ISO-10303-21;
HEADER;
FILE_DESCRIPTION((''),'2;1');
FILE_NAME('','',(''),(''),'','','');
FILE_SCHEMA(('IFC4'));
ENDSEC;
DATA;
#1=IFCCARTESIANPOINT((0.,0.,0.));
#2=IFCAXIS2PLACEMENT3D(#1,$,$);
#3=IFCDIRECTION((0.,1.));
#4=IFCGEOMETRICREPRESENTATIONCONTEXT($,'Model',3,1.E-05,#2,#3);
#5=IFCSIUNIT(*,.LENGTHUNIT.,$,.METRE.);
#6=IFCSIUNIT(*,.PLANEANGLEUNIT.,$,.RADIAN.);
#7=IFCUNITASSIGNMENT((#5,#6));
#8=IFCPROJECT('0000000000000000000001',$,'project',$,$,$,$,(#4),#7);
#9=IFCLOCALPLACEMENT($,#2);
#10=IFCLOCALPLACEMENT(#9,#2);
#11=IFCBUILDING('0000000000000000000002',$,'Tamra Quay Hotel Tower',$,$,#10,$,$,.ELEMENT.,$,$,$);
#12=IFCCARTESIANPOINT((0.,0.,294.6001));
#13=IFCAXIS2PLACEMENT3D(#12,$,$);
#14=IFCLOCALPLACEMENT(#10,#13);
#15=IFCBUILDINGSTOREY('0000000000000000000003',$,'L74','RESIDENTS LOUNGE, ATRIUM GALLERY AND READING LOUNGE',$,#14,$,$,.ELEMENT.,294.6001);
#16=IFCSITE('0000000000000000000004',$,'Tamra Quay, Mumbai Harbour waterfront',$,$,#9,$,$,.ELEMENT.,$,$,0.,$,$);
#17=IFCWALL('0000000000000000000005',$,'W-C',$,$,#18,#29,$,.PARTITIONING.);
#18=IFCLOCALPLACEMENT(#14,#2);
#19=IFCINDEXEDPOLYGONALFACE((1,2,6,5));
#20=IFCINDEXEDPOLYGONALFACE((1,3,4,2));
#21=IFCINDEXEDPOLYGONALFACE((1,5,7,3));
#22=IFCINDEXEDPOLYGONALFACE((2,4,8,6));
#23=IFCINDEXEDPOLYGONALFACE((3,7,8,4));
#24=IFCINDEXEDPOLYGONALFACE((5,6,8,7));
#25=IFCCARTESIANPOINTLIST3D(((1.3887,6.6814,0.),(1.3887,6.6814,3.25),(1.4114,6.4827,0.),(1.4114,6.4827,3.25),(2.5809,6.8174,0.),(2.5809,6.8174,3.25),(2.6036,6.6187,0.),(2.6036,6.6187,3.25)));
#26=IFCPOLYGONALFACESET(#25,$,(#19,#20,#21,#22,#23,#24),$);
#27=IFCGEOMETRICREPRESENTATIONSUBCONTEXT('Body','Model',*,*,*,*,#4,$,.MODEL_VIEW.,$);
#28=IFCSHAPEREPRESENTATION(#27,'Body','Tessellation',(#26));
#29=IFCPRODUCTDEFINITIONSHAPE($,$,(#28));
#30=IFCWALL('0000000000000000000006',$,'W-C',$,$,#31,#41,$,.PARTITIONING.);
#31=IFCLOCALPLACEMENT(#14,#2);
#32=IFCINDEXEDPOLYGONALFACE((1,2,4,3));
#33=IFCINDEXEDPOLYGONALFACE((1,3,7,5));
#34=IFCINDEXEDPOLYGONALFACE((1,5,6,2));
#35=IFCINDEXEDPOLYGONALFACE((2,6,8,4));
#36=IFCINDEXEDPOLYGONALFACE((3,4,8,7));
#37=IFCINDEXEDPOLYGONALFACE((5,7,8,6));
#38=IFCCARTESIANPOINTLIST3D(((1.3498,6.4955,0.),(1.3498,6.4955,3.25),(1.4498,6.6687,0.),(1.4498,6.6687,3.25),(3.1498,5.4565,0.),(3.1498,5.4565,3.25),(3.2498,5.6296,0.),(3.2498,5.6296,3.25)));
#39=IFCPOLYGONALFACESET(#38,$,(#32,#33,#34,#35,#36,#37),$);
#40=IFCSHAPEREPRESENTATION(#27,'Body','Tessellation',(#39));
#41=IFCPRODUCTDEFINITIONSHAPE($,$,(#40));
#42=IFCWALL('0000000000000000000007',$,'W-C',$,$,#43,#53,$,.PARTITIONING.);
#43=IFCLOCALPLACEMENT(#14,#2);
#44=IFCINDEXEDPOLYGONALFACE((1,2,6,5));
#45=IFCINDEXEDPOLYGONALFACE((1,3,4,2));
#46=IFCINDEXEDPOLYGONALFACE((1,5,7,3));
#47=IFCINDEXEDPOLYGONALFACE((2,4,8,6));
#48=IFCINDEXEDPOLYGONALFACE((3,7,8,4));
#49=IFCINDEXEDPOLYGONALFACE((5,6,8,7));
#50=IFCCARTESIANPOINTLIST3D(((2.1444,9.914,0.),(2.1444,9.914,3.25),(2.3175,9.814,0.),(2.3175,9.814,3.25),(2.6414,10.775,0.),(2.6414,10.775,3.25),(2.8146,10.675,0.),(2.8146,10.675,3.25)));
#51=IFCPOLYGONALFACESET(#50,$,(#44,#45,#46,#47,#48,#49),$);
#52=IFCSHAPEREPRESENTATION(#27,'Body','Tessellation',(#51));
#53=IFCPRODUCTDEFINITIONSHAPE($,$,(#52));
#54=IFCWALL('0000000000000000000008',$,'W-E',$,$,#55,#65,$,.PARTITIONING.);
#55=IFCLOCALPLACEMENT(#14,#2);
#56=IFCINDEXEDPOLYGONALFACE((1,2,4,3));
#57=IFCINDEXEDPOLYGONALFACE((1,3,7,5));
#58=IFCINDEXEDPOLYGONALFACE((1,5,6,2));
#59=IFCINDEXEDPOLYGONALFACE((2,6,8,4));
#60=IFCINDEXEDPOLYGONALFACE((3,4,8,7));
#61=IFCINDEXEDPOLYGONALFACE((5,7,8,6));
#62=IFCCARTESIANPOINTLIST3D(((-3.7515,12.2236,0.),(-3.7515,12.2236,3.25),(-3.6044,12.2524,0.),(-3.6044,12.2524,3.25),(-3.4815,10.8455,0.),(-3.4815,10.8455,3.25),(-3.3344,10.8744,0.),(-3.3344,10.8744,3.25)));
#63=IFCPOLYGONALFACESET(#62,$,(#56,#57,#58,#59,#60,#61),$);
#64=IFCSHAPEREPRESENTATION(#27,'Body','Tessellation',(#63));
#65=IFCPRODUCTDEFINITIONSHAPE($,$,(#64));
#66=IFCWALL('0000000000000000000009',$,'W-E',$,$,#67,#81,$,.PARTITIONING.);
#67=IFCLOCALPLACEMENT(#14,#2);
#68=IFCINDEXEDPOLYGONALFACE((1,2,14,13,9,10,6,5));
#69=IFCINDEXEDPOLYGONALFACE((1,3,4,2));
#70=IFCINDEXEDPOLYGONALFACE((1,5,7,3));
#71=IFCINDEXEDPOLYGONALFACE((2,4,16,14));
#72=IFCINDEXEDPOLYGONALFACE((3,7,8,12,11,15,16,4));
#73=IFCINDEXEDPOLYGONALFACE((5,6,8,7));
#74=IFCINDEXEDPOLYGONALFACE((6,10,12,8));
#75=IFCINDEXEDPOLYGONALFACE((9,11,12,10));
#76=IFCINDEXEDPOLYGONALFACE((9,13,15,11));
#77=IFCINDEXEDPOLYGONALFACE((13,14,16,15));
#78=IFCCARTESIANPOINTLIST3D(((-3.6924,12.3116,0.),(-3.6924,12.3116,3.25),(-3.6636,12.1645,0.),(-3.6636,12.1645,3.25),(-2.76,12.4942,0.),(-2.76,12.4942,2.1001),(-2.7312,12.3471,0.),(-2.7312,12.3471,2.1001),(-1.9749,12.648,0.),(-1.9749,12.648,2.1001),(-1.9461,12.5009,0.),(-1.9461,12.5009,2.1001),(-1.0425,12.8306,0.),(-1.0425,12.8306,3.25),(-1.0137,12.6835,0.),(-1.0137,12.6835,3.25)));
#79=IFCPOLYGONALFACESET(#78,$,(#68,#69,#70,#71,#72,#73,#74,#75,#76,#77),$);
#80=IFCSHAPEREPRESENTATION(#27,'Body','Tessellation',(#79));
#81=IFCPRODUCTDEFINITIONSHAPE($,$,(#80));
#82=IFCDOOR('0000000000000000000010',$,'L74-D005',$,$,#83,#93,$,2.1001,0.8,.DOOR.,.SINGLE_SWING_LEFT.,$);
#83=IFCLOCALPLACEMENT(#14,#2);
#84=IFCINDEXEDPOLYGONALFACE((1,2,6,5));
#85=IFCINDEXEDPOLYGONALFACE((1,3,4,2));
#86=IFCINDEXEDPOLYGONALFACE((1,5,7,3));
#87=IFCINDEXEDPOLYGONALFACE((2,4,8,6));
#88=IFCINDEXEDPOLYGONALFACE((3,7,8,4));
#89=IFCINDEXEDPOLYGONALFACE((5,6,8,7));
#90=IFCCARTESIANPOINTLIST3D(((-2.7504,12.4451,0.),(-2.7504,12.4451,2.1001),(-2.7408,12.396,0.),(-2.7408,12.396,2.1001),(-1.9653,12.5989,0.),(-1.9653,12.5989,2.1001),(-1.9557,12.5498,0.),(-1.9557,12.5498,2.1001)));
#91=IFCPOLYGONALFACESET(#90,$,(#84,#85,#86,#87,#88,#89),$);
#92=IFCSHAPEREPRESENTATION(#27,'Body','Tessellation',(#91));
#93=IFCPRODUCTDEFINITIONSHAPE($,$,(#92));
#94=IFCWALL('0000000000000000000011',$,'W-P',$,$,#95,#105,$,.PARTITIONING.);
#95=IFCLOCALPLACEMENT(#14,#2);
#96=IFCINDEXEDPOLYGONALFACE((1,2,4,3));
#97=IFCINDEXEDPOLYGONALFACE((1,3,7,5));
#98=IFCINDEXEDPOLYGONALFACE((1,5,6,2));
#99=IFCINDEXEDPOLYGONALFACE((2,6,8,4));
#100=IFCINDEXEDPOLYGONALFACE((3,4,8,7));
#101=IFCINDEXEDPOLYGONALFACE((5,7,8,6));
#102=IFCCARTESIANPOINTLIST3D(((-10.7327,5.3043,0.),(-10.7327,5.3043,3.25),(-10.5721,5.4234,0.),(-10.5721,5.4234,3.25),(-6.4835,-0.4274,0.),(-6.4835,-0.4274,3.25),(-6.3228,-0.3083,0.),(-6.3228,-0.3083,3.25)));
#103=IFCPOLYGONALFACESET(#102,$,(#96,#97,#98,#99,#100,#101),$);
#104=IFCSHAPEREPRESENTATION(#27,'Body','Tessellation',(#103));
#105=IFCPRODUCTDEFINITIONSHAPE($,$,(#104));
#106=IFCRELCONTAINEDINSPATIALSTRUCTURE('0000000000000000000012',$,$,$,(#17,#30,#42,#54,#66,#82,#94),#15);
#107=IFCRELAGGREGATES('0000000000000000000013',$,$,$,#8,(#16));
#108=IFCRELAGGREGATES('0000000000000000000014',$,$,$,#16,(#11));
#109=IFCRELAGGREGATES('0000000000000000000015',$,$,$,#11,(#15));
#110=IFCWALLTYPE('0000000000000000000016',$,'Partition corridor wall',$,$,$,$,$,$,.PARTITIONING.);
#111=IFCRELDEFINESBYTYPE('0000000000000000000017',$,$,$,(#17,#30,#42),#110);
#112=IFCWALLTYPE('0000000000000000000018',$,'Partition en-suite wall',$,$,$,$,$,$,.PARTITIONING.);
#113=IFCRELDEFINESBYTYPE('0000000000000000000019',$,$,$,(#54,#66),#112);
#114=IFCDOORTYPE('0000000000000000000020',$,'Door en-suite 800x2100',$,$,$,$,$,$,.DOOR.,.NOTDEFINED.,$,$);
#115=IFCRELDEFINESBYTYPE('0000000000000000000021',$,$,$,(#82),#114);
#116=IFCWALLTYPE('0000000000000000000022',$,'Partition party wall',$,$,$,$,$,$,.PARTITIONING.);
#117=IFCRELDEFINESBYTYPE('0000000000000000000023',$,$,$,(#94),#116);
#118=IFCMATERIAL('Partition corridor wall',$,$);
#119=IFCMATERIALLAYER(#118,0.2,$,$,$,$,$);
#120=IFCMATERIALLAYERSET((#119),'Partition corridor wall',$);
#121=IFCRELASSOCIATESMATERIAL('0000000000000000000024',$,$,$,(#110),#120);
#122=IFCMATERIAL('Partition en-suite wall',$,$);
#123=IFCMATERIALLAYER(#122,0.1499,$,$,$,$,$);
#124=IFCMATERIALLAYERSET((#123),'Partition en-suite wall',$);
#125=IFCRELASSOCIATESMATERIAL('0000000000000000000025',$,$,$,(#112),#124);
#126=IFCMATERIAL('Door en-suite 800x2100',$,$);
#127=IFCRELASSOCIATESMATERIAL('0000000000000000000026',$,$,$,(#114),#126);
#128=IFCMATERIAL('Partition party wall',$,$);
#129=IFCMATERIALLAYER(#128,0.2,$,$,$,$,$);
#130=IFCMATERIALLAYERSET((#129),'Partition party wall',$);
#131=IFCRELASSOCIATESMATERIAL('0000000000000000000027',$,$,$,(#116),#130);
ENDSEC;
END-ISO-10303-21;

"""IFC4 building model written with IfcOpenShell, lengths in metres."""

from ifc_helpers import new_model, si_unit, direction, frame, frame_2d, origin, place, context, subcontext, project, spatial, rectangle, extrude, material, layer, layer_set, type_object, element, fill, save


model = new_model("IFC4")

# Units and contexts
model_context = context("Model", 3, precision=1e-05, world=origin(), true_north=direction((0.0, 1.0)))
body_context = subcontext(model_context, "Body", "Model", "MODEL_VIEW")
ifc_project = project(units=[si_unit("LENGTHUNIT", "METRE"), si_unit("PLANEANGLEUNIT", "RADIAN")], contexts=[model_context])

# Site, building, storey
site_placement = place(None, origin())
site = spatial("IfcSite", under=ifc_project, at=site_placement, Name="Tamra Quay, Mumbai Harbour waterfront", CompositionType="ELEMENT", RefElevation=0.0)
building_placement = place(site_placement, origin())
building = spatial("IfcBuilding", under=site, at=building_placement, Name="Tamra Quay Hotel Tower", CompositionType="ELEMENT")
storey_placement = place(building_placement, frame((0.0, 0.0, 294.6001)))
storey = spatial("IfcBuildingStorey", under=building, at=storey_placement, Name="L74", Description="RESIDENTS LOUNGE, ATRIUM GALLERY AND READING LOUNGE", CompositionType="ELEMENT", Elevation=294.6001)

# Shared definitions
ifc_material_1 = material(Name="Partition corridor wall")
ifc_layer_1 = layer(ifc_material_1, 0.2)
ifc_layer_set_1 = layer_set([ifc_layer_1], Name="Partition corridor wall")
wall_type_1 = type_object("IfcWallType", Name="Partition corridor wall", PredefinedType="PARTITIONING", material=ifc_layer_set_1)

# Walls
wall_1_placement = place(storey_placement, frame((1.3999, 6.582, 0.0), z_axis=(0.0, 0.0, 1.0), x_axis=(0.993557, 0.113334, 0.0)))
element("IfcWall", 1, at=wall_1_placement, inside=storey, type_object=wall_type_1, Name="W-C", PredefinedType="PARTITIONING", context=body_context, shape_type="SweptSolid", body=[
    extrude(rectangle(XDim=1.2, YDim=0.2, at=frame_2d((0.6001, 0.0))), origin(), (0.0, 0.0, 1.0), 3.25),
])
wall_2_placement = place(storey_placement, frame((1.3999, 6.582, 0.0), z_axis=(0.0, 0.0, 1.0), x_axis=(0.866066, -0.499929, 0.0)))
element("IfcWall", 2, at=wall_2_placement, inside=storey, type_object=wall_type_1, Name="W-C", PredefinedType="PARTITIONING", context=body_context, shape_type="SweptSolid", body=[
    extrude(rectangle(XDim=2.0784, YDim=0.2, at=frame_2d((1.0391, 0.0))), origin(), (0.0, 0.0, 1.0), 3.25),
])
wall_3_placement = place(storey_placement, frame((2.231, 9.864, 0.0), z_axis=(0.0, 0.0, 1.0), x_axis=(0.499942, 0.866059, 0.0)))
element("IfcWall", 3, at=wall_3_placement, inside=storey, type_object=wall_type_1, Name="W-C", PredefinedType="PARTITIONING", context=body_context, shape_type="SweptSolid", body=[
    extrude(rectangle(XDim=0.9941, YDim=0.2, at=frame_2d((0.4971, 0.0))), origin(), (0.0, 0.0, 1.0), 3.25),
])
ifc_material_2 = material(Name="Partition en-suite wall")
ifc_layer_2 = layer(ifc_material_2, 0.1499)
ifc_layer_set_2 = layer_set([ifc_layer_2], Name="Partition en-suite wall")
wall_type_2 = type_object("IfcWallType", Name="Partition en-suite wall", PredefinedType="PARTITIONING", material=ifc_layer_set_2)
wall_4_placement = place(storey_placement, frame((-3.678, 12.238, 0.0), z_axis=(0.0, 0.0, 1.0), x_axis=(0.19227, -0.981342, 0.0)))
element("IfcWall", 4, at=wall_4_placement, inside=storey, type_object=wall_type_2, Name="W-E", PredefinedType="PARTITIONING", context=body_context, shape_type="SweptSolid", body=[
    extrude(rectangle(XDim=1.4043, YDim=0.1499, at=frame_2d((0.7021, 0.0))), origin(), (0.0, 0.0, 1.0), 3.25),
])

# Wall, opening, door
wall_5_placement = place(storey_placement, frame((-3.678, 12.238, 0.0), z_axis=(0.0, 0.0, 1.0), x_axis=(0.981352, 0.19222, 0.0)))
wall_5 = element("IfcWall", 5, at=wall_5_placement, inside=storey, type_object=wall_type_2, Name="W-E", PredefinedType="PARTITIONING", context=body_context, shape_type="SweptSolid", body=[
    extrude(rectangle(XDim=2.7002, YDim=0.1499, at=frame_2d((1.3501, 0.0))), origin(), (0.0, 0.0, 1.0), 3.25),
])
opening_1_placement = place(wall_5_placement, frame((0.9502, 0.0, 0.0)))
opening_1 = element("IfcOpeningElement", 6, at=opening_1_placement, cuts=wall_5, PredefinedType="OPENING", context=body_context, shape_type="SweptSolid", body=[
    extrude(rectangle(XDim=0.8, YDim=2.1001, at=frame_2d((0.3999, 1.05))), frame((0.0, 0.085, 0.0), z_axis=(0.0, -1.0, 0.0), x_axis=(1.0, 0.0, 0.0)), (0.0, 0.0, 1.0), 0.1699),
])
ifc_material_3 = material(Name="Door en-suite 800x2100")
door_type_1 = type_object("IfcDoorType", Name="Door en-suite 800x2100", OperationType="NOTDEFINED", PredefinedType="DOOR", material=ifc_material_3)
door_1_placement = place(opening_1_placement, origin())
door_1 = element("IfcDoor", 7, at=door_1_placement, inside=storey, type_object=door_type_1, Name="L74-D005", OperationType="SINGLE_SWING_LEFT", OverallHeight=2.1001, OverallWidth=0.8, PredefinedType="DOOR", context=body_context, shape_type="SweptSolid", body=[
    extrude(rectangle(XDim=0.8, YDim=2.1001, at=frame_2d((0.3999, 1.05))), frame((0.0, 0.0249, 0.0), z_axis=(0.0, -1.0, 0.0), x_axis=(1.0, 0.0, 0.0)), (0.0, 0.0, 1.0), 0.05),
])
fill(opening_1, door_1)

# Wall
ifc_material_4 = material(Name="Partition party wall")
ifc_layer_3 = layer(ifc_material_4, 0.2)
ifc_layer_set_3 = layer_set([ifc_layer_3], Name="Partition party wall")
wall_type_3 = type_object("IfcWallType", Name="Partition party wall", PredefinedType="PARTITIONING", material=ifc_layer_set_3)
wall_6_placement = place(storey_placement, frame((-10.6523, 5.3638, 0.0), z_axis=(0.0, 0.0, 1.0), x_axis=(0.595551, -0.803318, 0.0)))
element("IfcWall", 8, at=wall_6_placement, inside=storey, type_object=wall_type_3, Name="W-P", PredefinedType="PARTITIONING", context=body_context, shape_type="SweptSolid", body=[
    extrude(rectangle(XDim=7.135, YDim=0.2, at=frame_2d((3.5674, 0.0))), origin(), (0.0, 0.0, 1.0), 3.25),
])

save(model, "model.ifc")
